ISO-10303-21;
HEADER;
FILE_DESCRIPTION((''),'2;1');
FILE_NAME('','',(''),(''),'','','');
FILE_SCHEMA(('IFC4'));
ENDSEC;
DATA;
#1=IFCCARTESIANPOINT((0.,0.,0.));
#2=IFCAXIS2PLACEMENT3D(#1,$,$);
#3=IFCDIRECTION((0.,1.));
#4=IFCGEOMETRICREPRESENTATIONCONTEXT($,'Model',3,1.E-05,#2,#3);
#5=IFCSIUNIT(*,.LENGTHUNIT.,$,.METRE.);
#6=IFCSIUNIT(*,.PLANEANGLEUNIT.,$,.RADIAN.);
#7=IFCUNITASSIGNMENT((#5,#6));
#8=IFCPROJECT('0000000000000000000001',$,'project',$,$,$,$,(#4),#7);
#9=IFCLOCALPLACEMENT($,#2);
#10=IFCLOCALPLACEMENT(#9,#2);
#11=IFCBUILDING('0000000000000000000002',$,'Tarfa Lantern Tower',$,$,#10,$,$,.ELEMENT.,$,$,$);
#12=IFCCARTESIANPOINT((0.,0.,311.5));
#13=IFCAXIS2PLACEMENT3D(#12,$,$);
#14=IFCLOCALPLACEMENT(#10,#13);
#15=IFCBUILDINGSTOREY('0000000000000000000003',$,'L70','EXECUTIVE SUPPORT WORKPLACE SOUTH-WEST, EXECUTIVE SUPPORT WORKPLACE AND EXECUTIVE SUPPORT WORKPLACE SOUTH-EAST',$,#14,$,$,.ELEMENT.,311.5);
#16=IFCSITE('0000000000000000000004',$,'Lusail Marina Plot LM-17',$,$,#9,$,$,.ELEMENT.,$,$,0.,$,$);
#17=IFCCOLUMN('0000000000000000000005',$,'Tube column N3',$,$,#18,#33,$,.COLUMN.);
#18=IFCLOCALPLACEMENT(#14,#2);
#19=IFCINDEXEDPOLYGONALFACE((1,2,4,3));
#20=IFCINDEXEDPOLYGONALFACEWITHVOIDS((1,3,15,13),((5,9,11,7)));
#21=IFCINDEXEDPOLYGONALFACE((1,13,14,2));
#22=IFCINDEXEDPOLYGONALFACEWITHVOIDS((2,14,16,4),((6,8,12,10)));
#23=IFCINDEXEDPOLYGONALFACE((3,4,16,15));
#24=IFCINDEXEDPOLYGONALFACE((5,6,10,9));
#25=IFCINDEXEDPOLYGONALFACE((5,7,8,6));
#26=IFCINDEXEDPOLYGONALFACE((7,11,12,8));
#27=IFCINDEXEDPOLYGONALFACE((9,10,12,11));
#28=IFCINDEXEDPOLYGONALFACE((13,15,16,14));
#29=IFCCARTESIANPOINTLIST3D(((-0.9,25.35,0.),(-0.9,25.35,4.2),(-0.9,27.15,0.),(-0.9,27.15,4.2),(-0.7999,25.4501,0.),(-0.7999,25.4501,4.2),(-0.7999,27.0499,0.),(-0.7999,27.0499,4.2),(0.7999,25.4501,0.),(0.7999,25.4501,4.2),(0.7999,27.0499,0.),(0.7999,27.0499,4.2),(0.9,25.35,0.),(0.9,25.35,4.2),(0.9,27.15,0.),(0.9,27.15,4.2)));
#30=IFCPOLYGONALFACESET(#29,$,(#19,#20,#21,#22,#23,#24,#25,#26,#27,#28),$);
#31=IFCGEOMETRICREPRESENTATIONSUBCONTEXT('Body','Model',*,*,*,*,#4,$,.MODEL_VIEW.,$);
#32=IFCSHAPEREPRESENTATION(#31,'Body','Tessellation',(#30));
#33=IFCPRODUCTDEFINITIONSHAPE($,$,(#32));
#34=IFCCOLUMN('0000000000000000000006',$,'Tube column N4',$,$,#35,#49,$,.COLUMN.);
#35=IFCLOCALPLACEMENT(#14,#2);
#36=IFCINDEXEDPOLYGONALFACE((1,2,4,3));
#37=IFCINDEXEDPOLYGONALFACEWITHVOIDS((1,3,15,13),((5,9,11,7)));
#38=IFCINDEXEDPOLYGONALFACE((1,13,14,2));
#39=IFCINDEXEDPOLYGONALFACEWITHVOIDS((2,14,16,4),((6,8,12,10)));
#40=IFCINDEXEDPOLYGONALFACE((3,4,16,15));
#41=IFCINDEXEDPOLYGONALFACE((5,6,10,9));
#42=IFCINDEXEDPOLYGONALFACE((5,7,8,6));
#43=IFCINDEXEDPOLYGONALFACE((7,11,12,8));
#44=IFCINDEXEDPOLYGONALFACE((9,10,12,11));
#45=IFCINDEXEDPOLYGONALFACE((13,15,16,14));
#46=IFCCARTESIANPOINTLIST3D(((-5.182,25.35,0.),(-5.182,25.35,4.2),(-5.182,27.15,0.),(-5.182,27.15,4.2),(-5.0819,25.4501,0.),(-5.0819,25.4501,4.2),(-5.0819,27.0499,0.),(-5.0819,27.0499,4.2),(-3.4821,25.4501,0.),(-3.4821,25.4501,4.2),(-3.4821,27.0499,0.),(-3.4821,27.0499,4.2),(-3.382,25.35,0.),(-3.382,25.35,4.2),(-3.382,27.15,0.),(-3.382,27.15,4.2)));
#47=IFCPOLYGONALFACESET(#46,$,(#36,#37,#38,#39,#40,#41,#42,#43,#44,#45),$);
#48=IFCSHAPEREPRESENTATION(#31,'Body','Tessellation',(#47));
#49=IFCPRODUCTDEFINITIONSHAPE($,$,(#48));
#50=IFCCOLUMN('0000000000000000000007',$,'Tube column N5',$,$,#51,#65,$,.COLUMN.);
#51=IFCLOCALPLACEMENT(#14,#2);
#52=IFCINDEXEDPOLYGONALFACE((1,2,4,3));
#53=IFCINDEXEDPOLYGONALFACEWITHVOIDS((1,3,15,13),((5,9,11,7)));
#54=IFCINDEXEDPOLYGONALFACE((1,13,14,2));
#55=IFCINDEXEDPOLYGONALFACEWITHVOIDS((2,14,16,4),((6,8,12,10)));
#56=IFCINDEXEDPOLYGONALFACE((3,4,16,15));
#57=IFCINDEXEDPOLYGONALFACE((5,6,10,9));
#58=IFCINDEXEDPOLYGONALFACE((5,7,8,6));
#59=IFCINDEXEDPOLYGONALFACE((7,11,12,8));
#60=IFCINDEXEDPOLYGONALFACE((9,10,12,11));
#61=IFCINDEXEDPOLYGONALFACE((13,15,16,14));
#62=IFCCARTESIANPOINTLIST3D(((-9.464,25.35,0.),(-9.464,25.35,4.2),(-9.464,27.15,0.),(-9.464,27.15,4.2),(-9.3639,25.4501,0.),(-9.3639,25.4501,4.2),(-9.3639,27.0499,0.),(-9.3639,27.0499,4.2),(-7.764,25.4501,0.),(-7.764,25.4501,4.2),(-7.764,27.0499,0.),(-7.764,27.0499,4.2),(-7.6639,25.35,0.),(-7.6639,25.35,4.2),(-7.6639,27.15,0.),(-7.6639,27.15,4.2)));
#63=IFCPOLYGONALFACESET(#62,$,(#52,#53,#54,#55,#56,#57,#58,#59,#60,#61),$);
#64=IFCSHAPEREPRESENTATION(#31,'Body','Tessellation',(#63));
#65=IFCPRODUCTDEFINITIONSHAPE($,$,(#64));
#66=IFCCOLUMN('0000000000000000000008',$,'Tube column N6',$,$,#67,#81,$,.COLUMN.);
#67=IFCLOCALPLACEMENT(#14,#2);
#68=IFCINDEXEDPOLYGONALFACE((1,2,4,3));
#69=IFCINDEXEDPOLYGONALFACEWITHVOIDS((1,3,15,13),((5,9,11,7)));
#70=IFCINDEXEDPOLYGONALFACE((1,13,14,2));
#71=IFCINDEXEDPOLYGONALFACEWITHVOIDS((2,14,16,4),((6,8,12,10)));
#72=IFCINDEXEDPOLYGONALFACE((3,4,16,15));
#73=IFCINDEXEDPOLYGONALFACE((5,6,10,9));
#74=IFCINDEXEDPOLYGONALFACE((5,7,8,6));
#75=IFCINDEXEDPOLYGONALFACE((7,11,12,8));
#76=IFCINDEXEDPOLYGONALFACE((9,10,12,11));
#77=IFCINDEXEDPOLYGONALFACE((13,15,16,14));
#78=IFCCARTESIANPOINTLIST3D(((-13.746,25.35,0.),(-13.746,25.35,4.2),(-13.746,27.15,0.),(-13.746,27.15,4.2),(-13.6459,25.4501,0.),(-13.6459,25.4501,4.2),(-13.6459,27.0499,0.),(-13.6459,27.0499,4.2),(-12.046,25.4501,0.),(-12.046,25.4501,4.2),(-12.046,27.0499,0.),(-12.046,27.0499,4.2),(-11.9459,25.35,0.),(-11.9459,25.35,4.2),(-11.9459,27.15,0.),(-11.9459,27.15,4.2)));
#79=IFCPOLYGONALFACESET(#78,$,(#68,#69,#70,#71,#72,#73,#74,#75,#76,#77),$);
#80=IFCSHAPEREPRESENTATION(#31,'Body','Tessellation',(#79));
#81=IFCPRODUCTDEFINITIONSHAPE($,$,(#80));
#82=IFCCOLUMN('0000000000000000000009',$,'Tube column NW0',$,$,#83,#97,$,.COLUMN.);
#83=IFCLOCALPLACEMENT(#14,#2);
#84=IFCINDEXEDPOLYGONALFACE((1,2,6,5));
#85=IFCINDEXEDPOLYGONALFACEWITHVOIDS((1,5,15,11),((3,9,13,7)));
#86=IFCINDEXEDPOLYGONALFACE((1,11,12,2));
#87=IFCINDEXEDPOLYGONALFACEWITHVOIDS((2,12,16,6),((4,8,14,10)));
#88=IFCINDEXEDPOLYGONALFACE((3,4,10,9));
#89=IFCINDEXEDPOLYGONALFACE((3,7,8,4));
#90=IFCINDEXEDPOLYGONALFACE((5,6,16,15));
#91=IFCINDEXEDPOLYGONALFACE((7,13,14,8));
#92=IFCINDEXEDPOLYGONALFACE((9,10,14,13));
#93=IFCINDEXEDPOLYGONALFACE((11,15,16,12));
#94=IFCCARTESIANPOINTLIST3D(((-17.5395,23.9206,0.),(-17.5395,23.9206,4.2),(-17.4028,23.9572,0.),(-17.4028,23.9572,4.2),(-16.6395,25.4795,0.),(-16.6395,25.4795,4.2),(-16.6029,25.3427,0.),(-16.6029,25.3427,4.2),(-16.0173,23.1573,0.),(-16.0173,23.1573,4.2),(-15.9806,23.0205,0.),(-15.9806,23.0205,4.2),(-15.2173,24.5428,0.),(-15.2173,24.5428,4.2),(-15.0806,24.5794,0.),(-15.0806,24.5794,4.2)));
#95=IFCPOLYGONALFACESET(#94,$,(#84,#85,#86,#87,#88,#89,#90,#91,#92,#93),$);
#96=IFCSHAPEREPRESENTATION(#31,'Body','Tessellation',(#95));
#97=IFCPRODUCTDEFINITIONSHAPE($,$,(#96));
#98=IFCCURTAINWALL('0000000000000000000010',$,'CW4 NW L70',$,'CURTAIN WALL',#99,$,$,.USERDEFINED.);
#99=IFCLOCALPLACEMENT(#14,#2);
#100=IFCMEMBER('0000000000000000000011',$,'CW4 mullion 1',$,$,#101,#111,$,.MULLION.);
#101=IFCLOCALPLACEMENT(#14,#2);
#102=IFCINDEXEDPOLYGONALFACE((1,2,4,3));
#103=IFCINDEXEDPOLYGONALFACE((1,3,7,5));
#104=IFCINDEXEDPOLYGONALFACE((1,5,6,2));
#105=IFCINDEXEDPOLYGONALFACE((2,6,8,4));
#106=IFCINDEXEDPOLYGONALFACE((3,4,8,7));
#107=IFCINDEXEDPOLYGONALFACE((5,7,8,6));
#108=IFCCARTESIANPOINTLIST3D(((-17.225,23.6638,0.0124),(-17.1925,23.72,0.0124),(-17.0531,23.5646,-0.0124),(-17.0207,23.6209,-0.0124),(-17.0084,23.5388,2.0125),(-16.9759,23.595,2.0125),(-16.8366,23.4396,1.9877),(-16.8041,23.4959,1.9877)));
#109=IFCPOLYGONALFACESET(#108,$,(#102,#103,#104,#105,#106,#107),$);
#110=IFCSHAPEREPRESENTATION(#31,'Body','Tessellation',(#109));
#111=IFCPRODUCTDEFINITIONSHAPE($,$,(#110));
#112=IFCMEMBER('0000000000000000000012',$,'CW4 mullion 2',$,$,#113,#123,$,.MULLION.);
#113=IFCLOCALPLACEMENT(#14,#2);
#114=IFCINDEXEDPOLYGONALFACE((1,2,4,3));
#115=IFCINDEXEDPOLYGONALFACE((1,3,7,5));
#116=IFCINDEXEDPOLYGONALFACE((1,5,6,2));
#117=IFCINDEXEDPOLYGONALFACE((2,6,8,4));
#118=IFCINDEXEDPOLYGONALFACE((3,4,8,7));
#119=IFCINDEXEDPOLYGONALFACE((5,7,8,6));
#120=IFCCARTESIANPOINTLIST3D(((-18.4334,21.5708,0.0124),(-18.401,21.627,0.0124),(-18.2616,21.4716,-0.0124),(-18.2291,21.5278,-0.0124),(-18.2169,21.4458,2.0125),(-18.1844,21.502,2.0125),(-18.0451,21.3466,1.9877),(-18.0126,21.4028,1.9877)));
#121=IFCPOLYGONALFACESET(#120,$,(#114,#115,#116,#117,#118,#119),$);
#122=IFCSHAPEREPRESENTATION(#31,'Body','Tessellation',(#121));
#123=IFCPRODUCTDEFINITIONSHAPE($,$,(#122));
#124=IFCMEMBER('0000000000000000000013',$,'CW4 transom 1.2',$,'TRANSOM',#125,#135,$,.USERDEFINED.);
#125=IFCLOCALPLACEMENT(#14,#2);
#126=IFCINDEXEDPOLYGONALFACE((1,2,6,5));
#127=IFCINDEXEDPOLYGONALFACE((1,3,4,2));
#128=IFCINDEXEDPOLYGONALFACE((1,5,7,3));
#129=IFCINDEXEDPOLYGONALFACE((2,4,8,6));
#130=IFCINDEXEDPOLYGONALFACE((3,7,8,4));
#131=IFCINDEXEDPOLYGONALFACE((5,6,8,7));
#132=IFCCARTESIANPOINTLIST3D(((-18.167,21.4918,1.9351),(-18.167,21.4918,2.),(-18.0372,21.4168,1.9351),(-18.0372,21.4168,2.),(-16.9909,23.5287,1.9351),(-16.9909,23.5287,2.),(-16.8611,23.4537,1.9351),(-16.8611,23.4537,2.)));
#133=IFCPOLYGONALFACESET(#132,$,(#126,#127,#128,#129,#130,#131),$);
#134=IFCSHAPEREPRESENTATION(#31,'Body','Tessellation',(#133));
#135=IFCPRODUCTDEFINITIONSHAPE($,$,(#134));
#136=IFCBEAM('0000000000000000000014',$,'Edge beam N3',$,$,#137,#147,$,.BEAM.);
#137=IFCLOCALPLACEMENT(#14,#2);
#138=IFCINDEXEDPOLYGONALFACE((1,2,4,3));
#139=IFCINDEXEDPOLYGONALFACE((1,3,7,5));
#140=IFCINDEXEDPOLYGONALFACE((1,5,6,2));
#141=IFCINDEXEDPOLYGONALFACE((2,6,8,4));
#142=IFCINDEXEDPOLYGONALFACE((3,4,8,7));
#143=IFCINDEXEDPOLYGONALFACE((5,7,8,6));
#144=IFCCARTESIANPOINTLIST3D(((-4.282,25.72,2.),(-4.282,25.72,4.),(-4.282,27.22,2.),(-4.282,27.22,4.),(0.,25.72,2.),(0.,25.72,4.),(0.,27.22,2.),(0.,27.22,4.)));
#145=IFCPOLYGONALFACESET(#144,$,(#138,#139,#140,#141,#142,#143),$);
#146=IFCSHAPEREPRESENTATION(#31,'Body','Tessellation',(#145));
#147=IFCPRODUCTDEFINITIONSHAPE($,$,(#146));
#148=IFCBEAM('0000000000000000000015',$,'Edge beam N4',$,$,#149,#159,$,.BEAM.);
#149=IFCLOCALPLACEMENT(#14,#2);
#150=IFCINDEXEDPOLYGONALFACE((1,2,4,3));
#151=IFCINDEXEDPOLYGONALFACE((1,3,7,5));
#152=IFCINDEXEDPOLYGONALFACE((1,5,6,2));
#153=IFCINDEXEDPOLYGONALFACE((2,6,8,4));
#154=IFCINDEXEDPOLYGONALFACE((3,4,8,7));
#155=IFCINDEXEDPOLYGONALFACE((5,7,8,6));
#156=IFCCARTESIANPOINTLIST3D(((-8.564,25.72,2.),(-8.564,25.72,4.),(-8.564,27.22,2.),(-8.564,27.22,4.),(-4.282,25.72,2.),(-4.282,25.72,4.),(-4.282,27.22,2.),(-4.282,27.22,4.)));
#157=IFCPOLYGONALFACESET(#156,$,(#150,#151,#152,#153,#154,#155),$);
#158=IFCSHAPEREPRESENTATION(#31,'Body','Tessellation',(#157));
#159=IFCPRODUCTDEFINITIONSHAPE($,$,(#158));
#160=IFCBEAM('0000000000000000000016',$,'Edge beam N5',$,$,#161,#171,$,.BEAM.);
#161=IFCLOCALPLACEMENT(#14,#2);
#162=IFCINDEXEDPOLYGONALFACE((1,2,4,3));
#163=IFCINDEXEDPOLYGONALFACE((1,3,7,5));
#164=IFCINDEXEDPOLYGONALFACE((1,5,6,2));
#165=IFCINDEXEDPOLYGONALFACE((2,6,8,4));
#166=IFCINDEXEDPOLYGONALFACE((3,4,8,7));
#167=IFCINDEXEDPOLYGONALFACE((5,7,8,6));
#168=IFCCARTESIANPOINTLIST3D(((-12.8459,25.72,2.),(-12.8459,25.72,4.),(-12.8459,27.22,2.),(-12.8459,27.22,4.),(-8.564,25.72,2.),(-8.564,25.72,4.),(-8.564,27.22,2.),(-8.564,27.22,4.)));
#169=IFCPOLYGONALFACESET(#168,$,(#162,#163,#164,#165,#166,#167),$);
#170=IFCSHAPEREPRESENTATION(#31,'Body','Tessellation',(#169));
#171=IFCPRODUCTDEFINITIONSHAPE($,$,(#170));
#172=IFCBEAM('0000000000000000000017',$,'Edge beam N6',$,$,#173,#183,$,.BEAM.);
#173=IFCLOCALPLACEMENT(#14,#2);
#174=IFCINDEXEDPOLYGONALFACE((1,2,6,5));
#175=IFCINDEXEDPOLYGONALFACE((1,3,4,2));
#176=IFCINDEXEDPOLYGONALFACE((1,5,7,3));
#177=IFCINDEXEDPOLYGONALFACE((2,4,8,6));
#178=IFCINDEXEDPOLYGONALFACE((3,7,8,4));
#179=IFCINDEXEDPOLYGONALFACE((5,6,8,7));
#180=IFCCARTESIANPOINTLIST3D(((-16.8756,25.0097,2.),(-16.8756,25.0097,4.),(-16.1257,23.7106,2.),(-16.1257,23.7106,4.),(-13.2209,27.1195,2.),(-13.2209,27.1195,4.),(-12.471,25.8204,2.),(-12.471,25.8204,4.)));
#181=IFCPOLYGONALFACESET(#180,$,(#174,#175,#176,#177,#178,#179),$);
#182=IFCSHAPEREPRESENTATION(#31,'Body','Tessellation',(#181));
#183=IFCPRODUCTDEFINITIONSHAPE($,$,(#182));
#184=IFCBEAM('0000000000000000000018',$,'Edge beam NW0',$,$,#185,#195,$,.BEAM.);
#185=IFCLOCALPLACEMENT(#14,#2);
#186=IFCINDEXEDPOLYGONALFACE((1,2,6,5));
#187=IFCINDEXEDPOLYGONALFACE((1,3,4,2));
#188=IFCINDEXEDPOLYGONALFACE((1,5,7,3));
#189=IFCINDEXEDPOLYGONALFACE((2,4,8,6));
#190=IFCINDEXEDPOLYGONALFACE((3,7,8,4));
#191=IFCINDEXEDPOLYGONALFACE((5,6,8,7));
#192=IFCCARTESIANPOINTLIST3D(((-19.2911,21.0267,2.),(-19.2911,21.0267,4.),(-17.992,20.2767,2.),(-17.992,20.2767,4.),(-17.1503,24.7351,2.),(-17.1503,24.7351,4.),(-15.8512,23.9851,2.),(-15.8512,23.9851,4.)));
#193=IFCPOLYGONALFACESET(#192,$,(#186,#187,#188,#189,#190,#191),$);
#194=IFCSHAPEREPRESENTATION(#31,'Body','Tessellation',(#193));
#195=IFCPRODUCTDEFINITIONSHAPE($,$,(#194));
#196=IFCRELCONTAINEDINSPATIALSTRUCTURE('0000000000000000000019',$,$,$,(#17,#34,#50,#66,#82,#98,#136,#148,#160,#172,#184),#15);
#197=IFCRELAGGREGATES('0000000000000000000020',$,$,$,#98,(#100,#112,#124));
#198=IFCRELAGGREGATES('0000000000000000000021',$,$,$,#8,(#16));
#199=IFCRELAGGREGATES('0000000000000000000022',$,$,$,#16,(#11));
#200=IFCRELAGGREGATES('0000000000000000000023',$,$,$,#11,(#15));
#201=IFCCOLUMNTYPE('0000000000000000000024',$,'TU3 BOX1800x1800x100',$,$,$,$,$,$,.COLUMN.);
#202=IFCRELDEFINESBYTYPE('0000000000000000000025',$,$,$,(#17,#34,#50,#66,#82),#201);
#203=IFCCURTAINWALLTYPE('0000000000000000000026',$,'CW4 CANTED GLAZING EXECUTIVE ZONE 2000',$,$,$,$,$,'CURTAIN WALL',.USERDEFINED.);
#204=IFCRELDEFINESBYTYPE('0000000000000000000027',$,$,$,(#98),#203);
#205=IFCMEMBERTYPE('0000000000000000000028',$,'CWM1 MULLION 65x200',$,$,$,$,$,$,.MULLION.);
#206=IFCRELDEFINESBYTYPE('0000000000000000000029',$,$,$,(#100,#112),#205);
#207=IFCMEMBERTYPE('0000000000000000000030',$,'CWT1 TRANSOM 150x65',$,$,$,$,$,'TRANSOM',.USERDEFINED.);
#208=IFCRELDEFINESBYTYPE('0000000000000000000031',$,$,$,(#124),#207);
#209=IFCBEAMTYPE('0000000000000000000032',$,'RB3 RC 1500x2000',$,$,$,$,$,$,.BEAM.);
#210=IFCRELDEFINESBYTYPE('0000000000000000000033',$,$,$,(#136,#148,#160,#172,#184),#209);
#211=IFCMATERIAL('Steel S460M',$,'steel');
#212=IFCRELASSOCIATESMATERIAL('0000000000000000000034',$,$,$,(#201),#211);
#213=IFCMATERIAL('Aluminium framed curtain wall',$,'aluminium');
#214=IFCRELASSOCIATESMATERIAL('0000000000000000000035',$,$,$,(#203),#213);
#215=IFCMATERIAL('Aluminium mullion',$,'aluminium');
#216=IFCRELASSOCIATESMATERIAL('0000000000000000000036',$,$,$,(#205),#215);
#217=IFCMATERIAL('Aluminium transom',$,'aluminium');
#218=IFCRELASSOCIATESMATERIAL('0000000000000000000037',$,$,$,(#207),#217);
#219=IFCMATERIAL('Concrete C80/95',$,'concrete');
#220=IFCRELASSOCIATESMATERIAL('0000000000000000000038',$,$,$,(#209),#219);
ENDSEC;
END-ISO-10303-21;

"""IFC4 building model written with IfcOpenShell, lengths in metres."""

from ifc_helpers import new_model, si_unit, direction, frame, origin, origin_2d, place, context, subcontext, project, spatial, rectangle, hollow_rectangle, extrude, material, material_profile, profile_set, type_object, element, aggregate, save


model = new_model("IFC4")

# Units and contexts
model_context = context("Model", 3, precision=1e-05, world=origin(), true_north=direction((0.0, 1.0)))
body_context = subcontext(model_context, "Body", "Model", "MODEL_VIEW")
ifc_project = project(units=[si_unit("LENGTHUNIT", "METRE"), si_unit("PLANEANGLEUNIT", "RADIAN")], contexts=[model_context])

# Site, building, storey
site_placement = place(None, origin())
site = spatial("IfcSite", under=ifc_project, at=site_placement, Name="Lusail Marina Plot LM-17", CompositionType="ELEMENT", RefElevation=0.0)
building_placement = place(site_placement, origin())
building = spatial("IfcBuilding", under=site, at=building_placement, Name="Tarfa Lantern Tower", CompositionType="ELEMENT")
storey_placement = place(building_placement, frame((0.0, 0.0, 311.5)))
storey = spatial("IfcBuildingStorey", under=building, at=storey_placement, Name="L70", Description="EXECUTIVE SUPPORT WORKPLACE SOUTH-WEST, EXECUTIVE SUPPORT WORKPLACE AND EXECUTIVE SUPPORT WORKPLACE SOUTH-EAST", CompositionType="ELEMENT", Elevation=311.5)

# Columns
ifc_material_1 = material(Name="Steel S460M", Category="steel")
ifc_material_profile_1 = material_profile(ifc_material_1, hollow_rectangle(XDim=1.8, YDim=1.8, WallThickness=0.1001, at=origin_2d()), Name="BOX1800x1800x100")
ifc_profile_set_1 = profile_set([ifc_material_profile_1], Name="Steel S460M")
column_type = type_object("IfcColumnType", Name="TU3 BOX1800x1800x100", PredefinedType="COLUMN", material=ifc_profile_set_1)
for number, where, z_axis, x_axis, name in (
    (1, (0.0, 26.25, 0.0), (0.0, 0.0, 1.0), (-1.0, 0.0, 0.0), "Tube column N3"),
    (2, (-4.282, 26.25, 0.0), (0.0, 0.0, 1.0), (-1.0, 0.0, 0.0), "Tube column N4"),
    (3, (-8.564, 26.25, 0.0), (0.0, 0.0, 1.0), (-1.0, 0.0, 0.0), "Tube column N5"),
    (4, (-12.8459, 26.25, 0.0), (0.0, 0.0, 1.0), (-1.0, 0.0, 0.0), "Tube column N6"),
    (5, (-16.3101, 24.25, 0.0), (0.0, 0.0, 1.0), (-0.5, -0.866025, 0.0), "Tube column NW0"),
):
    element("IfcColumn", number, at=place(storey_placement, frame(where, z_axis=z_axis, x_axis=x_axis)), inside=storey, type_object=column_type, Name=name, PredefinedType="COLUMN", context=body_context, shape_type="SweptSolid", body=[
        extrude(hollow_rectangle(XDim=1.8, YDim=1.8, WallThickness=0.1001, at=origin_2d()), origin(), (0.0, 0.0, 1.0), 4.2),
    ])

# Curtain wall, members
ifc_material_2 = material(Name="Aluminium framed curtain wall", Category="aluminium")
curtain_wall_type = type_object("IfcCurtainWallType", Name="CW4 CANTED GLAZING EXECUTIVE ZONE 2000", ElementType="CURTAIN WALL", PredefinedType="USERDEFINED", material=ifc_material_2)
curtain_wall_placement = place(storey_placement, origin())
curtain_wall = element("IfcCurtainWall", 6, at=curtain_wall_placement, inside=storey, type_object=curtain_wall_type, Name="CW4 NW L70", ObjectType="CURTAIN WALL", PredefinedType="USERDEFINED")
ifc_material_3 = material(Name="Aluminium mullion", Category="aluminium")
ifc_material_profile_2 = material_profile(ifc_material_3, rectangle(XDim=0.0649, YDim=0.2, at=origin_2d()), Name="AL MULLION 65x200")
ifc_profile_set_2 = profile_set([ifc_material_profile_2], Name="Aluminium mullion")
member_type_1 = type_object("IfcMemberType", Name="CWM1 MULLION 65x200", PredefinedType="MULLION", material=ifc_profile_set_2)
member_1_placement = place(storey_placement, frame((-17.1228, 23.6423, 0.0), z_axis=(0.10744, -0.062017, 0.992275), x_axis=(0.49992, 0.866072, 0.0)))
member_1 = element("IfcMember", 7, at=member_1_placement, type_object=member_type_1, Name="CW4 mullion 1", PredefinedType="MULLION", context=body_context, shape_type="SweptSolid", body=[
    extrude(rectangle(XDim=0.0649, YDim=0.2, at=origin_2d()), origin(), (0.0, 0.0, 1.0), 2.0156),
])
member_2_placement = place(storey_placement, frame((-18.3313, 21.5493, 0.0), z_axis=(0.10744, -0.062017, 0.992275), x_axis=(0.49992, 0.866072, 0.0)))
member_2 = element("IfcMember", 8, at=member_2_placement, type_object=member_type_1, Name="CW4 mullion 2", PredefinedType="MULLION", context=body_context, shape_type="SweptSolid", body=[
    extrude(rectangle(XDim=0.0649, YDim=0.2, at=origin_2d()), origin(), (0.0, 0.0, 1.0), 2.0156),
])
ifc_material_4 = material(Name="Aluminium transom", Category="aluminium")
ifc_material_profile_3 = material_profile(ifc_material_4, rectangle(XDim=0.1499, YDim=0.0649, at=origin_2d()), Name="AL TRANSOM 150x65")
ifc_profile_set_3 = profile_set([ifc_material_profile_3], Name="Aluminium transom")
member_type_2 = type_object("IfcMemberType", Name="CWT1 TRANSOM 150x65", ElementType="TRANSOM", PredefinedType="USERDEFINED", material=ifc_profile_set_3)
member_3_placement = place(storey_placement, frame((-16.926, 23.4912, 1.9675), z_axis=(-0.500013, -0.866018, 0.0), x_axis=(0.866018, -0.500013, 0.0)))
member_3 = element("IfcMember", 9, at=member_3_placement, type_object=member_type_2, Name="CW4 transom 1.2", ObjectType="TRANSOM", PredefinedType="USERDEFINED", context=body_context, shape_type="SweptSolid", body=[
    extrude(rectangle(XDim=0.1499, YDim=0.0649, at=origin_2d()), origin(), (0.0, 0.0, 1.0), 2.3521),
])

# Beams
ifc_material_5 = material(Name="Concrete C80/95", Category="concrete")
ifc_material_profile_4 = material_profile(ifc_material_5, rectangle(XDim=1.5, YDim=2.0, at=origin_2d()), Name="RC 1500x2000")
ifc_profile_set_4 = profile_set([ifc_material_profile_4], Name="Concrete C80/95")
beam_type_1 = type_object("IfcBeamType", Name="RB3 RC 1500x2000", PredefinedType="BEAM", material=ifc_profile_set_4)
for number, where, z_axis, x_axis, name in (
    (10, (0.0, 26.47, 3.0), (-1.0, 0.0, 0.0), (0.0, -1.0, 0.0), "Edge beam N3"),
    (11, (-4.282, 26.47, 3.0), (-1.0, 0.0, 0.0), (0.0, -1.0, 0.0), "Edge beam N4"),
    (12, (-8.564, 26.47, 3.0), (-1.0, 0.0, 0.0), (0.0, -1.0, 0.0), "Edge beam N5"),
):
    element("IfcBeam", number, at=place(storey_placement, frame(where, z_axis=z_axis, x_axis=x_axis)), inside=storey, type_object=beam_type_1, Name=name, PredefinedType="BEAM", context=body_context, shape_type="SweptSolid", body=[
        extrude(rectangle(XDim=1.5, YDim=2.0, at=origin_2d()), origin(), (0.0, 0.0, 1.0), 4.282),
    ])
beam_1_placement = place(storey_placement, frame((-12.8459, 26.47, 3.0), z_axis=(-0.866049, -0.499959, 0.0), x_axis=(0.499959, -0.866049, 0.0)))
element("IfcBeam", 13, at=beam_1_placement, inside=storey, type_object=beam_type_1, Name="Edge beam N6", PredefinedType="BEAM", context=body_context, shape_type="SweptSolid", body=[
    extrude(rectangle(XDim=1.5, YDim=2.0, at=origin_2d()), origin(), (0.0, 0.0, 1.0), 4.22),
])
beam_2_placement = place(storey_placement, frame((-16.5007, 24.3601, 3.0), z_axis=(-0.499959, -0.866049, 0.0), x_axis=(0.866049, -0.499959, 0.0)))
element("IfcBeam", 14, at=beam_2_placement, inside=storey, type_object=beam_type_1, Name="Edge beam NW0", PredefinedType="BEAM", context=body_context, shape_type="SweptSolid", body=[
    extrude(rectangle(XDim=1.5, YDim=2.0, at=origin_2d()), origin(), (0.0, 0.0, 1.0), 4.282),
])

aggregate(curtain_wall, [member_1, member_2, member_3])

save(model, "model.ifc")
